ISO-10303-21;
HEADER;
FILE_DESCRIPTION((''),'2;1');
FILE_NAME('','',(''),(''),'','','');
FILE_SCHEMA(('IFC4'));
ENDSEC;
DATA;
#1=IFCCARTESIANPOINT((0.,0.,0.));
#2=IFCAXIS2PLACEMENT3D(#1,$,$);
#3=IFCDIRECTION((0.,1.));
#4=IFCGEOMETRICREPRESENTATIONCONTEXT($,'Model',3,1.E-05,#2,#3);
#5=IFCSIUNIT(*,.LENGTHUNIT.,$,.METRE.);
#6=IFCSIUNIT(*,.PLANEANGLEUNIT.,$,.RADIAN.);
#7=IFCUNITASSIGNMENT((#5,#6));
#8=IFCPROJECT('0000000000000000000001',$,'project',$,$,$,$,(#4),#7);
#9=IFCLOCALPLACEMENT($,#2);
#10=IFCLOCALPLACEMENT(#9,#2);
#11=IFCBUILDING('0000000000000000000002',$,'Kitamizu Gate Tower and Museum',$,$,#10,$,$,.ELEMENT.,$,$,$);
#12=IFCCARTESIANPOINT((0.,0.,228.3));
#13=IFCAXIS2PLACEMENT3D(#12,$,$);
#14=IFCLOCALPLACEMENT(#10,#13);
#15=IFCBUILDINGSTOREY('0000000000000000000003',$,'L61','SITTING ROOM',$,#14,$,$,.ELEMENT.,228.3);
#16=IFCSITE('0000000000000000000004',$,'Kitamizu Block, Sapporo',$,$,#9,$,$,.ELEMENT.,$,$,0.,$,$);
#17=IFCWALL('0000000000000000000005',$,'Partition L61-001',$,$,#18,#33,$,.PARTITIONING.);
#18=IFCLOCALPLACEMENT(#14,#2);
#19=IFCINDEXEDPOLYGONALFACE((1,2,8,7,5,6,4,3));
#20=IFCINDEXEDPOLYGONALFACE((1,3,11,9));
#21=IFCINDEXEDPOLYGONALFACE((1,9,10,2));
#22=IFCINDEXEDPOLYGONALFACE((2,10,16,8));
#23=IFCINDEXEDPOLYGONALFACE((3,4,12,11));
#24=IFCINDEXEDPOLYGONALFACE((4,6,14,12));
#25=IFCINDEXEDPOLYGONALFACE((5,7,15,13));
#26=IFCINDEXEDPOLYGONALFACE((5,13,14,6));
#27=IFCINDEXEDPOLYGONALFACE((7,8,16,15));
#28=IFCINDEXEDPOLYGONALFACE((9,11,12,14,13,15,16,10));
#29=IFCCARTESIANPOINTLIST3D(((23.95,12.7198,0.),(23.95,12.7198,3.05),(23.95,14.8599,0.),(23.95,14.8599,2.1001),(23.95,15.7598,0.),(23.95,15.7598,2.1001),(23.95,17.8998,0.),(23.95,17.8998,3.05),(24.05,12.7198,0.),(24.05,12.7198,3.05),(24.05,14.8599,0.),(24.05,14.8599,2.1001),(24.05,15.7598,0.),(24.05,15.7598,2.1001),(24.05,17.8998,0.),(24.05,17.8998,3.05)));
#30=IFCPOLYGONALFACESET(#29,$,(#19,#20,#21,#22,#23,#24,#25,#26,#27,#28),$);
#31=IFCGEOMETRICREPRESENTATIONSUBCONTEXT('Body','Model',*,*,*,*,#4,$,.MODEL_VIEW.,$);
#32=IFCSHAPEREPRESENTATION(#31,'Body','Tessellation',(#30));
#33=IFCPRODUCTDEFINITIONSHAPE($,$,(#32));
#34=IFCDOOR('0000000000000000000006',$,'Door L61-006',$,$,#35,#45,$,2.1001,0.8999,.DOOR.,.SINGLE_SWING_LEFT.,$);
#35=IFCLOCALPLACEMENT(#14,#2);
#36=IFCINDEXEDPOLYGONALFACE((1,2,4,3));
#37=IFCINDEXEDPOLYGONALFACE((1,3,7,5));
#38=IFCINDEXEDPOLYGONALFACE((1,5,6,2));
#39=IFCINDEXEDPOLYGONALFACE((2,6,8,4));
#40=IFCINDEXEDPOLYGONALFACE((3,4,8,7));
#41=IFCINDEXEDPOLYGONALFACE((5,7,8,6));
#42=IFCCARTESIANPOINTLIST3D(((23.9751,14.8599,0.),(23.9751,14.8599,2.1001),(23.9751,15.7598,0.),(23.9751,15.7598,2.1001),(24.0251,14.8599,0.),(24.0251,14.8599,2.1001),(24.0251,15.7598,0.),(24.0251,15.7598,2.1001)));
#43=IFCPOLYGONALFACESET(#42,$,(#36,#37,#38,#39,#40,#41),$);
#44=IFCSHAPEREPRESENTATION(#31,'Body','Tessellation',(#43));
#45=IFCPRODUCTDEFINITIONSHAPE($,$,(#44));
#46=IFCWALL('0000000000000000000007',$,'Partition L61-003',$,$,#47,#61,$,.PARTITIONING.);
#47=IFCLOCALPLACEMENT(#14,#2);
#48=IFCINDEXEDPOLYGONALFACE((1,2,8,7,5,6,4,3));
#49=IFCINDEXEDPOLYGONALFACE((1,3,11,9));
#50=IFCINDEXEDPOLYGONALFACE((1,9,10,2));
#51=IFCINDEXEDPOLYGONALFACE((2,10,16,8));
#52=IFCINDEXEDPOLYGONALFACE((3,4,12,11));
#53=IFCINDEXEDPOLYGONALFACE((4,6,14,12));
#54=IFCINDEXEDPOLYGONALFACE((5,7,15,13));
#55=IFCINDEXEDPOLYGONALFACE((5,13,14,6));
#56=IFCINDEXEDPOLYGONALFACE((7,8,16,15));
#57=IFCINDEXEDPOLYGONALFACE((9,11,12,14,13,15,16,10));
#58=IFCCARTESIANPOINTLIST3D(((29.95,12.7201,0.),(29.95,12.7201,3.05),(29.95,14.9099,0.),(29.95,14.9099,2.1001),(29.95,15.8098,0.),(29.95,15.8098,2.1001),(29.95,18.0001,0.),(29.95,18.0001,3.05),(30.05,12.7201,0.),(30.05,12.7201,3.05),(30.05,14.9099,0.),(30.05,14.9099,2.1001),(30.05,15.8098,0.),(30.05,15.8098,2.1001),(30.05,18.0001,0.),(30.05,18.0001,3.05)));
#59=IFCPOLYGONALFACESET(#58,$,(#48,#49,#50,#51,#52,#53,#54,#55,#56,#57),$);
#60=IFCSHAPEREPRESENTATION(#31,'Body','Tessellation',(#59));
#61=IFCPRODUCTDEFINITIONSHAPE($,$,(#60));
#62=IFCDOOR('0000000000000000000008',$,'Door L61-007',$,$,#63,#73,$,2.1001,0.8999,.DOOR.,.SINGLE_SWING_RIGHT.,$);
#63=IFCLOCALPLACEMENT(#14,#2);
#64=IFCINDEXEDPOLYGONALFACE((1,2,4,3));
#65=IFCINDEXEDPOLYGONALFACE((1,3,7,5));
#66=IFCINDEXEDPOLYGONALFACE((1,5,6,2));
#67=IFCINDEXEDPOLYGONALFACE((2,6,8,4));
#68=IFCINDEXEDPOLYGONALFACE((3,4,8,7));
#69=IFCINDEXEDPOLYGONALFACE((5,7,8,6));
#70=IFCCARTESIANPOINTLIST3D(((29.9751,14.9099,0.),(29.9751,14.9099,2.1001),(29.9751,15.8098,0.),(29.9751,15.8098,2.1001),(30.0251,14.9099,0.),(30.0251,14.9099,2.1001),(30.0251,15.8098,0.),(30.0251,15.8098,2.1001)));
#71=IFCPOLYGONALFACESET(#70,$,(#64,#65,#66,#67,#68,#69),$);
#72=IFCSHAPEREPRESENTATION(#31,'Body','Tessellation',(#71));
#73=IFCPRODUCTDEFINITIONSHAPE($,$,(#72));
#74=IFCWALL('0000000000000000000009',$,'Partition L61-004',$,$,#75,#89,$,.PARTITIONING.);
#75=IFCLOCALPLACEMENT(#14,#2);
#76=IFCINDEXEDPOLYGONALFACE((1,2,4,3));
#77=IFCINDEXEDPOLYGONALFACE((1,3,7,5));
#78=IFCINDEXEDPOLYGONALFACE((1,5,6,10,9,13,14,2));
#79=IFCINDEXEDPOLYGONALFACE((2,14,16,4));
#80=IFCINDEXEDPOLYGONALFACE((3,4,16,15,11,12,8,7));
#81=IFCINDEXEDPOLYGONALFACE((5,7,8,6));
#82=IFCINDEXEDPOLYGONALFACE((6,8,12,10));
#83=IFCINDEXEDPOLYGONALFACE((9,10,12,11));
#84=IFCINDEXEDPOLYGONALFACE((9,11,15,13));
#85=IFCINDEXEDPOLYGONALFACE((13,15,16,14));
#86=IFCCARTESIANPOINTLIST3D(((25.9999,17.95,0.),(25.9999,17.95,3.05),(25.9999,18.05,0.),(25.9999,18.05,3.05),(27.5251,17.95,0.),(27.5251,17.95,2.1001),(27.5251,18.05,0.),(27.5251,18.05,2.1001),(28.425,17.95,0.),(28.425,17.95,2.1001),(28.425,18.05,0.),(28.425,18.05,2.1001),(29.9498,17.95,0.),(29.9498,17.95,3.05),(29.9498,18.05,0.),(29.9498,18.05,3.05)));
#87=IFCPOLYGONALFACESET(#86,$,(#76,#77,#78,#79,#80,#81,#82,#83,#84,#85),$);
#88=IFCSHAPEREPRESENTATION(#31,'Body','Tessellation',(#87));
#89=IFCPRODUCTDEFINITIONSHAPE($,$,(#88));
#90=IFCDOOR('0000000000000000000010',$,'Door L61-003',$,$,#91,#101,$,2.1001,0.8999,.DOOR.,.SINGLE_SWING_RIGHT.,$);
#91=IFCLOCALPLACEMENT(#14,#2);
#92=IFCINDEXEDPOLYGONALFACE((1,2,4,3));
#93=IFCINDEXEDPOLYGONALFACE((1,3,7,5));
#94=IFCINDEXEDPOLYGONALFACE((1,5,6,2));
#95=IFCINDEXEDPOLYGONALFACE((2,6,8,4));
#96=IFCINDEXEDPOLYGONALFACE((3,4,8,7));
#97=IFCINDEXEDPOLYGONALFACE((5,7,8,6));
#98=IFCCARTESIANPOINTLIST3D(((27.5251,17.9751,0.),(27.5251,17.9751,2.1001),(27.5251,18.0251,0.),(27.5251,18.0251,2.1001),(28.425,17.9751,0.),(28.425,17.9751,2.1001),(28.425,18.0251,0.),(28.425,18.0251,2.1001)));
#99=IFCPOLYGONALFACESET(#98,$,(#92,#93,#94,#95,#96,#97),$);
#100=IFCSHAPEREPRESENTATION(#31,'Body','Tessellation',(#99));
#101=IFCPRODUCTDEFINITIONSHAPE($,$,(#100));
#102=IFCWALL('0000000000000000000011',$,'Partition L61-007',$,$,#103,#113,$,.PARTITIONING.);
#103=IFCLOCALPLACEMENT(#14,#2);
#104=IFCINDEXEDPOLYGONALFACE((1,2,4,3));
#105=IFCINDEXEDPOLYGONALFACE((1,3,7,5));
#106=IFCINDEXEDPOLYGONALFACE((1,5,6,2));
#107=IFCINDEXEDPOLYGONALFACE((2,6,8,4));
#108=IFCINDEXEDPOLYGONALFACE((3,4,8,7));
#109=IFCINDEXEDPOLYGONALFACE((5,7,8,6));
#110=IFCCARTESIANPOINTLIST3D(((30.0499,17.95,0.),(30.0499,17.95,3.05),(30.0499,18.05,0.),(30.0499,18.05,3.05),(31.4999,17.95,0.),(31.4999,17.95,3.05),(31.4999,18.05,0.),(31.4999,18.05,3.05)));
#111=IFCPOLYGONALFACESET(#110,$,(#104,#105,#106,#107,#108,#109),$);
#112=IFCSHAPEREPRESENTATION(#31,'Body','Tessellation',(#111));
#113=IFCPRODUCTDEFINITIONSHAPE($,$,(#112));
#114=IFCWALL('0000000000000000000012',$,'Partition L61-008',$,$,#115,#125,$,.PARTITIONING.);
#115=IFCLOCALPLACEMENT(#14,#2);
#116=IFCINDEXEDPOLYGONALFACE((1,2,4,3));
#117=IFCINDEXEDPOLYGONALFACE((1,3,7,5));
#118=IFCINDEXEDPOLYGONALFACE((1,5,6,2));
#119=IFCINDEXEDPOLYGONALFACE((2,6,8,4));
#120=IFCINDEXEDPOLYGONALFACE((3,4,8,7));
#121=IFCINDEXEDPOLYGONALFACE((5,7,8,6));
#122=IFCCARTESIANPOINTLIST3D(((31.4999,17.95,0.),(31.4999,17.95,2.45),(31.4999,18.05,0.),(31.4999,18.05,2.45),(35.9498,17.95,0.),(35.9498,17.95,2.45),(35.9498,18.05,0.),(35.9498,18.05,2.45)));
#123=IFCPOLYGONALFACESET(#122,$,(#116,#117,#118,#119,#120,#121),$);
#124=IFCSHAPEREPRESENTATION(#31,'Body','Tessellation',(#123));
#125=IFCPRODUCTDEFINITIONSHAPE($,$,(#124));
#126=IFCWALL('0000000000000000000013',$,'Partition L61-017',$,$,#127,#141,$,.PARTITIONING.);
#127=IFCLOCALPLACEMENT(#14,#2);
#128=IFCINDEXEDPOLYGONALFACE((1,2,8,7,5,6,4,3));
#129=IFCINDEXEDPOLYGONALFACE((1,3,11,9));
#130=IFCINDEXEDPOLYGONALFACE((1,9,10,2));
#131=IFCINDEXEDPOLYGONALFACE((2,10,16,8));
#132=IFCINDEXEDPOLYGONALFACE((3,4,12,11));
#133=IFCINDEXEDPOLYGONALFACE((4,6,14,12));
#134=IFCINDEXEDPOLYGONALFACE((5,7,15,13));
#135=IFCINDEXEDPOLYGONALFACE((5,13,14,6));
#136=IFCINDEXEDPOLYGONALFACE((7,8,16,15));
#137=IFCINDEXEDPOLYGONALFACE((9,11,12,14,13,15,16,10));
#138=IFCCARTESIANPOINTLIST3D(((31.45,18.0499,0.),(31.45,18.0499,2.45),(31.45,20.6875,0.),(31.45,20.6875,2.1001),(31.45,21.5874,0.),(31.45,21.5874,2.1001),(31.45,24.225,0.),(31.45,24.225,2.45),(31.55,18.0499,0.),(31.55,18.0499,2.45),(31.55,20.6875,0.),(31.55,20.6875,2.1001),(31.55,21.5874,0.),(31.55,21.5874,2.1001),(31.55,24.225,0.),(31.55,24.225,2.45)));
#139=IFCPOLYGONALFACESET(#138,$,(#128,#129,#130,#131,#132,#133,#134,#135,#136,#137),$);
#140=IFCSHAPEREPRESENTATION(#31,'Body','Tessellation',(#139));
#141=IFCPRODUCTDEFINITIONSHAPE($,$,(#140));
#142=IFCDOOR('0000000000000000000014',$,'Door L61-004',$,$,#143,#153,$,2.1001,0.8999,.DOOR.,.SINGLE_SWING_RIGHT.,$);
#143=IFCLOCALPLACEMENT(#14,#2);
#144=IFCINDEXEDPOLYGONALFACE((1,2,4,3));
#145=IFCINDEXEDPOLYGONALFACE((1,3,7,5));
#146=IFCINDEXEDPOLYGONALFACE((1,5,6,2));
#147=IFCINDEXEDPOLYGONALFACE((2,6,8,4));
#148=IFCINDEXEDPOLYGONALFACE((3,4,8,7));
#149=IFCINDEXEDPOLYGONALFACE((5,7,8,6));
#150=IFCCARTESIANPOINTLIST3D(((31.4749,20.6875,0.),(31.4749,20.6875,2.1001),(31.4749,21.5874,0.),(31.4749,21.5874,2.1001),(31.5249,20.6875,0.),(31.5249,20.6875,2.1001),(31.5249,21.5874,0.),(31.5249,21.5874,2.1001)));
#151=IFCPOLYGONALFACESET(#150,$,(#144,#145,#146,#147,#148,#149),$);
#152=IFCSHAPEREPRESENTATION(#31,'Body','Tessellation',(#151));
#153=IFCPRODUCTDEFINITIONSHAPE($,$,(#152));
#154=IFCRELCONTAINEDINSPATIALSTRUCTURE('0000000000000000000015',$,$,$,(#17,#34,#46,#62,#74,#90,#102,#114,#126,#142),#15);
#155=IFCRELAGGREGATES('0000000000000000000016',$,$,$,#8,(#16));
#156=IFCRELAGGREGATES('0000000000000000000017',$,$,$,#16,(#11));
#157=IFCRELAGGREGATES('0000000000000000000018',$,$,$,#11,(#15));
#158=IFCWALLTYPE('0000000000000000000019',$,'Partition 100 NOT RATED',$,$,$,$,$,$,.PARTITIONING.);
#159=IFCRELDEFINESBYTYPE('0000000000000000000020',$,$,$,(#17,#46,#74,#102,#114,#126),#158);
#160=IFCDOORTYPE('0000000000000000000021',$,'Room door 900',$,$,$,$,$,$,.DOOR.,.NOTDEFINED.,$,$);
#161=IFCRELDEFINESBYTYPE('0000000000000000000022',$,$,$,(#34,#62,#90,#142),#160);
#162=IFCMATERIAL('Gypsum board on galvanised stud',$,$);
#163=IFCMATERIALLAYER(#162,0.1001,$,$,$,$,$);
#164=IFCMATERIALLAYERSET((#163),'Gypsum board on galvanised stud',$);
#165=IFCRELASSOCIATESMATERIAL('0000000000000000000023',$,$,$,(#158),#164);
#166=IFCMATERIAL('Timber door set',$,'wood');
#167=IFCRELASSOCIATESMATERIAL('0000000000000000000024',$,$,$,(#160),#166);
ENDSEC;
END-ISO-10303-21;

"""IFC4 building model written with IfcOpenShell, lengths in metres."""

from ifc_helpers import new_model, si_unit, direction, frame, frame_2d, origin, place, context, subcontext, project, spatial, rectangle, extrude, material, layer, layer_set, type_object, element, fill, save


model = new_model("IFC4")

# Units and contexts
model_context = context("Model", 3, precision=1e-05, world=origin(), true_north=direction((0.0, 1.0)))
body_context = subcontext(model_context, "Body", "Model", "MODEL_VIEW")
ifc_project = project(units=[si_unit("LENGTHUNIT", "METRE"), si_unit("PLANEANGLEUNIT", "RADIAN")], contexts=[model_context])

# Site, building, storey
site_placement = place(None, origin())
site = spatial("IfcSite", under=ifc_project, at=site_placement, Name="Kitamizu Block, Sapporo", CompositionType="ELEMENT", RefElevation=0.0)
building_placement = place(site_placement, origin())
building = spatial("IfcBuilding", under=site, at=building_placement, Name="Kitamizu Gate Tower and Museum", CompositionType="ELEMENT")
storey_placement = place(building_placement, frame((0.0, 0.0, 228.3)))
storey = spatial("IfcBuildingStorey", under=building, at=storey_placement, Name="L61", Description="SITTING ROOM", CompositionType="ELEMENT", Elevation=228.3)

# Walls, openings, doors
ifc_material_1 = material(Name="Gypsum board on galvanised stud")
ifc_layer_1 = layer(ifc_material_1, 0.1001)
ifc_layer_set_1 = layer_set([ifc_layer_1], Name="Gypsum board on galvanised stud")
wall_type_1 = type_object("IfcWallType", Name="Partition 100 NOT RATED", PredefinedType="PARTITIONING", material=ifc_layer_set_1)
wall_1_placement = place(storey_placement, frame((24.0, 12.72, 0.0), z_axis=(0.0, 0.0, 1.0), x_axis=(0.0, 1.0, 0.0)))
wall_1 = element("IfcWall", 1, at=wall_1_placement, inside=storey, type_object=wall_type_1, Name="Partition L61-001", PredefinedType="PARTITIONING", context=body_context, shape_type="SweptSolid", body=[
    extrude(rectangle(XDim=5.1799, YDim=0.1001, at=frame_2d((2.5898, 0.0))), origin(), (0.0, 0.0, 1.0), 3.05),
])
opening_1_placement = place(wall_1_placement, frame((2.1399, 0.0, 0.0)))
opening_1 = element("IfcOpeningElement", 2, at=opening_1_placement, cuts=wall_1, PredefinedType="OPENING", context=body_context, shape_type="SweptSolid", body=[
    extrude(rectangle(XDim=0.8999, YDim=2.1001, at=frame_2d((0.45, 1.05))), frame((0.0, 0.0601, 0.0), z_axis=(0.0, -1.0, 0.0), x_axis=(1.0, 0.0, 0.0)), (0.0, 0.0, 1.0), 0.1201),
])
ifc_material_2 = material(Name="Timber door set", Category="wood")
door_type_1 = type_object("IfcDoorType", Name="Room door 900", OperationType="NOTDEFINED", PredefinedType="DOOR", material=ifc_material_2)
door_1_placement = place(opening_1_placement, origin())
door_1 = element("IfcDoor", 3, at=door_1_placement, inside=storey, type_object=door_type_1, Name="Door L61-006", OperationType="SINGLE_SWING_LEFT", OverallHeight=2.1001, OverallWidth=0.8999, PredefinedType="DOOR", context=body_context, shape_type="SweptSolid", body=[
    extrude(rectangle(XDim=0.8999, YDim=2.1001, at=frame_2d((0.45, 1.05))), frame((0.0, 0.0249, 0.0), z_axis=(0.0, -1.0, 0.0), x_axis=(1.0, 0.0, 0.0)), (0.0, 0.0, 1.0), 0.05),
])
fill(opening_1, door_1)
wall_2_placement = place(storey_placement, frame((30.0, 12.72, 0.0), z_axis=(0.0, 0.0, 1.0), x_axis=(0.0, 1.0, 0.0)))
wall_2 = element("IfcWall", 4, at=wall_2_placement, inside=storey, type_object=wall_type_1, Name="Partition L61-003", PredefinedType="PARTITIONING", context=body_context, shape_type="SweptSolid", body=[
    extrude(rectangle(XDim=5.28, YDim=0.1001, at=frame_2d((2.6401, 0.0))), origin(), (0.0, 0.0, 1.0), 3.05),
])
opening_2_placement = place(wall_2_placement, frame((2.1899, 0.0, 0.0)))
opening_2 = element("IfcOpeningElement", 5, at=opening_2_placement, cuts=wall_2, PredefinedType="OPENING", context=body_context, shape_type="SweptSolid", body=[
    extrude(rectangle(XDim=0.8999, YDim=2.1001, at=frame_2d((0.45, 1.05))), frame((0.0, 0.0601, 0.0), z_axis=(0.0, -1.0, 0.0), x_axis=(1.0, 0.0, 0.0)), (0.0, 0.0, 1.0), 0.1201),
])
door_2_placement = place(opening_2_placement, origin())
door_2 = element("IfcDoor", 6, at=door_2_placement, inside=storey, type_object=door_type_1, Name="Door L61-007", OperationType="SINGLE_SWING_RIGHT", OverallHeight=2.1001, OverallWidth=0.8999, PredefinedType="DOOR", context=body_context, shape_type="SweptSolid", body=[
    extrude(rectangle(XDim=0.8999, YDim=2.1001, at=frame_2d((0.45, 1.05))), frame((0.0, 0.0249, 0.0), z_axis=(0.0, -1.0, 0.0), x_axis=(1.0, 0.0, 0.0)), (0.0, 0.0, 1.0), 0.05),
])
fill(opening_2, door_2)
wall_3_placement = place(storey_placement, frame((29.95, 18.0, 0.0), z_axis=(0.0, 0.0, 1.0), x_axis=(-1.0, 0.0, 0.0)))
wall_3 = element("IfcWall", 7, at=wall_3_placement, inside=storey, type_object=wall_type_1, Name="Partition L61-004", PredefinedType="PARTITIONING", context=body_context, shape_type="SweptSolid", body=[
    extrude(rectangle(XDim=3.95, YDim=0.1001, at=frame_2d((1.9751, 0.0))), origin(), (0.0, 0.0, 1.0), 3.05),
])
opening_3_placement = place(wall_3_placement, frame((1.5249, 0.0, 0.0)))
opening_3 = element("IfcOpeningElement", 8, at=opening_3_placement, cuts=wall_3, PredefinedType="OPENING", context=body_context, shape_type="SweptSolid", body=[
    extrude(rectangle(XDim=0.8999, YDim=2.1001, at=frame_2d((0.45, 1.05))), frame((0.0, 0.0601, 0.0), z_axis=(0.0, -1.0, 0.0), x_axis=(1.0, 0.0, 0.0)), (0.0, 0.0, 1.0), 0.1201),
])
door_3_placement = place(opening_3_placement, origin())
door_3 = element("IfcDoor", 9, at=door_3_placement, inside=storey, type_object=door_type_1, Name="Door L61-003", OperationType="SINGLE_SWING_RIGHT", OverallHeight=2.1001, OverallWidth=0.8999, PredefinedType="DOOR", context=body_context, shape_type="SweptSolid", body=[
    extrude(rectangle(XDim=0.8999, YDim=2.1001, at=frame_2d((0.45, 1.05))), frame((0.0, 0.0249, 0.0), z_axis=(0.0, -1.0, 0.0), x_axis=(1.0, 0.0, 0.0)), (0.0, 0.0, 1.0), 0.05),
])
fill(opening_3, door_3)

# Walls
wall_4_placement = place(storey_placement, frame((31.5, 18.0, 0.0), z_axis=(0.0, 0.0, 1.0), x_axis=(-1.0, 0.0, 0.0)))
element("IfcWall", 10, at=wall_4_placement, inside=storey, type_object=wall_type_1, Name="Partition L61-007", PredefinedType="PARTITIONING", context=body_context, shape_type="SweptSolid", body=[
    extrude(rectangle(XDim=1.45, YDim=0.1001, at=frame_2d((0.7251, 0.0))), origin(), (0.0, 0.0, 1.0), 3.05),
])
wall_5_placement = place(storey_placement, frame((35.95, 18.0, 0.0), z_axis=(0.0, 0.0, 1.0), x_axis=(-1.0, 0.0, 0.0)))
element("IfcWall", 11, at=wall_5_placement, inside=storey, type_object=wall_type_1, Name="Partition L61-008", PredefinedType="PARTITIONING", context=body_context, shape_type="SweptSolid", body=[
    extrude(rectangle(XDim=4.45, YDim=0.1001, at=frame_2d((2.2251, 0.0))), origin(), (0.0, 0.0, 1.0), 2.45),
])

# Wall, opening, door
wall_6_placement = place(storey_placement, frame((31.5, 18.05, 0.0), z_axis=(0.0, 0.0, 1.0), x_axis=(0.0, 1.0, 0.0)))
wall_6 = element("IfcWall", 12, at=wall_6_placement, inside=storey, type_object=wall_type_1, Name="Partition L61-017", PredefinedType="PARTITIONING", context=body_context, shape_type="SweptSolid", body=[
    extrude(rectangle(XDim=6.175, YDim=0.1001, at=frame_2d((3.0874, 0.0))), origin(), (0.0, 0.0, 1.0), 2.45),
])
opening_4_placement = place(wall_6_placement, frame((2.6375, 0.0, 0.0)))
opening_4 = element("IfcOpeningElement", 13, at=opening_4_placement, cuts=wall_6, PredefinedType="OPENING", context=body_context, shape_type="SweptSolid", body=[
    extrude(rectangle(XDim=0.8999, YDim=2.1001, at=frame_2d((0.45, 1.05))), frame((0.0, 0.0601, 0.0), z_axis=(0.0, -1.0, 0.0), x_axis=(1.0, 0.0, 0.0)), (0.0, 0.0, 1.0), 0.1201),
])
door_4_placement = place(opening_4_placement, frame((0.8999, 0.0, 0.0), x_axis=(-1.0, 0.0, 0.0)))
door_4 = element("IfcDoor", 14, at=door_4_placement, inside=storey, type_object=door_type_1, Name="Door L61-004", OperationType="SINGLE_SWING_RIGHT", OverallHeight=2.1001, OverallWidth=0.8999, PredefinedType="DOOR", context=body_context, shape_type="SweptSolid", body=[
    extrude(rectangle(XDim=0.8999, YDim=2.1001, at=frame_2d((0.45, 1.05))), frame((0.0, 0.0249, 0.0), z_axis=(0.0, -1.0, 0.0), x_axis=(1.0, 0.0, 0.0)), (0.0, 0.0, 1.0), 0.05),
])
fill(opening_4, door_4)

save(model, "model.ifc")
